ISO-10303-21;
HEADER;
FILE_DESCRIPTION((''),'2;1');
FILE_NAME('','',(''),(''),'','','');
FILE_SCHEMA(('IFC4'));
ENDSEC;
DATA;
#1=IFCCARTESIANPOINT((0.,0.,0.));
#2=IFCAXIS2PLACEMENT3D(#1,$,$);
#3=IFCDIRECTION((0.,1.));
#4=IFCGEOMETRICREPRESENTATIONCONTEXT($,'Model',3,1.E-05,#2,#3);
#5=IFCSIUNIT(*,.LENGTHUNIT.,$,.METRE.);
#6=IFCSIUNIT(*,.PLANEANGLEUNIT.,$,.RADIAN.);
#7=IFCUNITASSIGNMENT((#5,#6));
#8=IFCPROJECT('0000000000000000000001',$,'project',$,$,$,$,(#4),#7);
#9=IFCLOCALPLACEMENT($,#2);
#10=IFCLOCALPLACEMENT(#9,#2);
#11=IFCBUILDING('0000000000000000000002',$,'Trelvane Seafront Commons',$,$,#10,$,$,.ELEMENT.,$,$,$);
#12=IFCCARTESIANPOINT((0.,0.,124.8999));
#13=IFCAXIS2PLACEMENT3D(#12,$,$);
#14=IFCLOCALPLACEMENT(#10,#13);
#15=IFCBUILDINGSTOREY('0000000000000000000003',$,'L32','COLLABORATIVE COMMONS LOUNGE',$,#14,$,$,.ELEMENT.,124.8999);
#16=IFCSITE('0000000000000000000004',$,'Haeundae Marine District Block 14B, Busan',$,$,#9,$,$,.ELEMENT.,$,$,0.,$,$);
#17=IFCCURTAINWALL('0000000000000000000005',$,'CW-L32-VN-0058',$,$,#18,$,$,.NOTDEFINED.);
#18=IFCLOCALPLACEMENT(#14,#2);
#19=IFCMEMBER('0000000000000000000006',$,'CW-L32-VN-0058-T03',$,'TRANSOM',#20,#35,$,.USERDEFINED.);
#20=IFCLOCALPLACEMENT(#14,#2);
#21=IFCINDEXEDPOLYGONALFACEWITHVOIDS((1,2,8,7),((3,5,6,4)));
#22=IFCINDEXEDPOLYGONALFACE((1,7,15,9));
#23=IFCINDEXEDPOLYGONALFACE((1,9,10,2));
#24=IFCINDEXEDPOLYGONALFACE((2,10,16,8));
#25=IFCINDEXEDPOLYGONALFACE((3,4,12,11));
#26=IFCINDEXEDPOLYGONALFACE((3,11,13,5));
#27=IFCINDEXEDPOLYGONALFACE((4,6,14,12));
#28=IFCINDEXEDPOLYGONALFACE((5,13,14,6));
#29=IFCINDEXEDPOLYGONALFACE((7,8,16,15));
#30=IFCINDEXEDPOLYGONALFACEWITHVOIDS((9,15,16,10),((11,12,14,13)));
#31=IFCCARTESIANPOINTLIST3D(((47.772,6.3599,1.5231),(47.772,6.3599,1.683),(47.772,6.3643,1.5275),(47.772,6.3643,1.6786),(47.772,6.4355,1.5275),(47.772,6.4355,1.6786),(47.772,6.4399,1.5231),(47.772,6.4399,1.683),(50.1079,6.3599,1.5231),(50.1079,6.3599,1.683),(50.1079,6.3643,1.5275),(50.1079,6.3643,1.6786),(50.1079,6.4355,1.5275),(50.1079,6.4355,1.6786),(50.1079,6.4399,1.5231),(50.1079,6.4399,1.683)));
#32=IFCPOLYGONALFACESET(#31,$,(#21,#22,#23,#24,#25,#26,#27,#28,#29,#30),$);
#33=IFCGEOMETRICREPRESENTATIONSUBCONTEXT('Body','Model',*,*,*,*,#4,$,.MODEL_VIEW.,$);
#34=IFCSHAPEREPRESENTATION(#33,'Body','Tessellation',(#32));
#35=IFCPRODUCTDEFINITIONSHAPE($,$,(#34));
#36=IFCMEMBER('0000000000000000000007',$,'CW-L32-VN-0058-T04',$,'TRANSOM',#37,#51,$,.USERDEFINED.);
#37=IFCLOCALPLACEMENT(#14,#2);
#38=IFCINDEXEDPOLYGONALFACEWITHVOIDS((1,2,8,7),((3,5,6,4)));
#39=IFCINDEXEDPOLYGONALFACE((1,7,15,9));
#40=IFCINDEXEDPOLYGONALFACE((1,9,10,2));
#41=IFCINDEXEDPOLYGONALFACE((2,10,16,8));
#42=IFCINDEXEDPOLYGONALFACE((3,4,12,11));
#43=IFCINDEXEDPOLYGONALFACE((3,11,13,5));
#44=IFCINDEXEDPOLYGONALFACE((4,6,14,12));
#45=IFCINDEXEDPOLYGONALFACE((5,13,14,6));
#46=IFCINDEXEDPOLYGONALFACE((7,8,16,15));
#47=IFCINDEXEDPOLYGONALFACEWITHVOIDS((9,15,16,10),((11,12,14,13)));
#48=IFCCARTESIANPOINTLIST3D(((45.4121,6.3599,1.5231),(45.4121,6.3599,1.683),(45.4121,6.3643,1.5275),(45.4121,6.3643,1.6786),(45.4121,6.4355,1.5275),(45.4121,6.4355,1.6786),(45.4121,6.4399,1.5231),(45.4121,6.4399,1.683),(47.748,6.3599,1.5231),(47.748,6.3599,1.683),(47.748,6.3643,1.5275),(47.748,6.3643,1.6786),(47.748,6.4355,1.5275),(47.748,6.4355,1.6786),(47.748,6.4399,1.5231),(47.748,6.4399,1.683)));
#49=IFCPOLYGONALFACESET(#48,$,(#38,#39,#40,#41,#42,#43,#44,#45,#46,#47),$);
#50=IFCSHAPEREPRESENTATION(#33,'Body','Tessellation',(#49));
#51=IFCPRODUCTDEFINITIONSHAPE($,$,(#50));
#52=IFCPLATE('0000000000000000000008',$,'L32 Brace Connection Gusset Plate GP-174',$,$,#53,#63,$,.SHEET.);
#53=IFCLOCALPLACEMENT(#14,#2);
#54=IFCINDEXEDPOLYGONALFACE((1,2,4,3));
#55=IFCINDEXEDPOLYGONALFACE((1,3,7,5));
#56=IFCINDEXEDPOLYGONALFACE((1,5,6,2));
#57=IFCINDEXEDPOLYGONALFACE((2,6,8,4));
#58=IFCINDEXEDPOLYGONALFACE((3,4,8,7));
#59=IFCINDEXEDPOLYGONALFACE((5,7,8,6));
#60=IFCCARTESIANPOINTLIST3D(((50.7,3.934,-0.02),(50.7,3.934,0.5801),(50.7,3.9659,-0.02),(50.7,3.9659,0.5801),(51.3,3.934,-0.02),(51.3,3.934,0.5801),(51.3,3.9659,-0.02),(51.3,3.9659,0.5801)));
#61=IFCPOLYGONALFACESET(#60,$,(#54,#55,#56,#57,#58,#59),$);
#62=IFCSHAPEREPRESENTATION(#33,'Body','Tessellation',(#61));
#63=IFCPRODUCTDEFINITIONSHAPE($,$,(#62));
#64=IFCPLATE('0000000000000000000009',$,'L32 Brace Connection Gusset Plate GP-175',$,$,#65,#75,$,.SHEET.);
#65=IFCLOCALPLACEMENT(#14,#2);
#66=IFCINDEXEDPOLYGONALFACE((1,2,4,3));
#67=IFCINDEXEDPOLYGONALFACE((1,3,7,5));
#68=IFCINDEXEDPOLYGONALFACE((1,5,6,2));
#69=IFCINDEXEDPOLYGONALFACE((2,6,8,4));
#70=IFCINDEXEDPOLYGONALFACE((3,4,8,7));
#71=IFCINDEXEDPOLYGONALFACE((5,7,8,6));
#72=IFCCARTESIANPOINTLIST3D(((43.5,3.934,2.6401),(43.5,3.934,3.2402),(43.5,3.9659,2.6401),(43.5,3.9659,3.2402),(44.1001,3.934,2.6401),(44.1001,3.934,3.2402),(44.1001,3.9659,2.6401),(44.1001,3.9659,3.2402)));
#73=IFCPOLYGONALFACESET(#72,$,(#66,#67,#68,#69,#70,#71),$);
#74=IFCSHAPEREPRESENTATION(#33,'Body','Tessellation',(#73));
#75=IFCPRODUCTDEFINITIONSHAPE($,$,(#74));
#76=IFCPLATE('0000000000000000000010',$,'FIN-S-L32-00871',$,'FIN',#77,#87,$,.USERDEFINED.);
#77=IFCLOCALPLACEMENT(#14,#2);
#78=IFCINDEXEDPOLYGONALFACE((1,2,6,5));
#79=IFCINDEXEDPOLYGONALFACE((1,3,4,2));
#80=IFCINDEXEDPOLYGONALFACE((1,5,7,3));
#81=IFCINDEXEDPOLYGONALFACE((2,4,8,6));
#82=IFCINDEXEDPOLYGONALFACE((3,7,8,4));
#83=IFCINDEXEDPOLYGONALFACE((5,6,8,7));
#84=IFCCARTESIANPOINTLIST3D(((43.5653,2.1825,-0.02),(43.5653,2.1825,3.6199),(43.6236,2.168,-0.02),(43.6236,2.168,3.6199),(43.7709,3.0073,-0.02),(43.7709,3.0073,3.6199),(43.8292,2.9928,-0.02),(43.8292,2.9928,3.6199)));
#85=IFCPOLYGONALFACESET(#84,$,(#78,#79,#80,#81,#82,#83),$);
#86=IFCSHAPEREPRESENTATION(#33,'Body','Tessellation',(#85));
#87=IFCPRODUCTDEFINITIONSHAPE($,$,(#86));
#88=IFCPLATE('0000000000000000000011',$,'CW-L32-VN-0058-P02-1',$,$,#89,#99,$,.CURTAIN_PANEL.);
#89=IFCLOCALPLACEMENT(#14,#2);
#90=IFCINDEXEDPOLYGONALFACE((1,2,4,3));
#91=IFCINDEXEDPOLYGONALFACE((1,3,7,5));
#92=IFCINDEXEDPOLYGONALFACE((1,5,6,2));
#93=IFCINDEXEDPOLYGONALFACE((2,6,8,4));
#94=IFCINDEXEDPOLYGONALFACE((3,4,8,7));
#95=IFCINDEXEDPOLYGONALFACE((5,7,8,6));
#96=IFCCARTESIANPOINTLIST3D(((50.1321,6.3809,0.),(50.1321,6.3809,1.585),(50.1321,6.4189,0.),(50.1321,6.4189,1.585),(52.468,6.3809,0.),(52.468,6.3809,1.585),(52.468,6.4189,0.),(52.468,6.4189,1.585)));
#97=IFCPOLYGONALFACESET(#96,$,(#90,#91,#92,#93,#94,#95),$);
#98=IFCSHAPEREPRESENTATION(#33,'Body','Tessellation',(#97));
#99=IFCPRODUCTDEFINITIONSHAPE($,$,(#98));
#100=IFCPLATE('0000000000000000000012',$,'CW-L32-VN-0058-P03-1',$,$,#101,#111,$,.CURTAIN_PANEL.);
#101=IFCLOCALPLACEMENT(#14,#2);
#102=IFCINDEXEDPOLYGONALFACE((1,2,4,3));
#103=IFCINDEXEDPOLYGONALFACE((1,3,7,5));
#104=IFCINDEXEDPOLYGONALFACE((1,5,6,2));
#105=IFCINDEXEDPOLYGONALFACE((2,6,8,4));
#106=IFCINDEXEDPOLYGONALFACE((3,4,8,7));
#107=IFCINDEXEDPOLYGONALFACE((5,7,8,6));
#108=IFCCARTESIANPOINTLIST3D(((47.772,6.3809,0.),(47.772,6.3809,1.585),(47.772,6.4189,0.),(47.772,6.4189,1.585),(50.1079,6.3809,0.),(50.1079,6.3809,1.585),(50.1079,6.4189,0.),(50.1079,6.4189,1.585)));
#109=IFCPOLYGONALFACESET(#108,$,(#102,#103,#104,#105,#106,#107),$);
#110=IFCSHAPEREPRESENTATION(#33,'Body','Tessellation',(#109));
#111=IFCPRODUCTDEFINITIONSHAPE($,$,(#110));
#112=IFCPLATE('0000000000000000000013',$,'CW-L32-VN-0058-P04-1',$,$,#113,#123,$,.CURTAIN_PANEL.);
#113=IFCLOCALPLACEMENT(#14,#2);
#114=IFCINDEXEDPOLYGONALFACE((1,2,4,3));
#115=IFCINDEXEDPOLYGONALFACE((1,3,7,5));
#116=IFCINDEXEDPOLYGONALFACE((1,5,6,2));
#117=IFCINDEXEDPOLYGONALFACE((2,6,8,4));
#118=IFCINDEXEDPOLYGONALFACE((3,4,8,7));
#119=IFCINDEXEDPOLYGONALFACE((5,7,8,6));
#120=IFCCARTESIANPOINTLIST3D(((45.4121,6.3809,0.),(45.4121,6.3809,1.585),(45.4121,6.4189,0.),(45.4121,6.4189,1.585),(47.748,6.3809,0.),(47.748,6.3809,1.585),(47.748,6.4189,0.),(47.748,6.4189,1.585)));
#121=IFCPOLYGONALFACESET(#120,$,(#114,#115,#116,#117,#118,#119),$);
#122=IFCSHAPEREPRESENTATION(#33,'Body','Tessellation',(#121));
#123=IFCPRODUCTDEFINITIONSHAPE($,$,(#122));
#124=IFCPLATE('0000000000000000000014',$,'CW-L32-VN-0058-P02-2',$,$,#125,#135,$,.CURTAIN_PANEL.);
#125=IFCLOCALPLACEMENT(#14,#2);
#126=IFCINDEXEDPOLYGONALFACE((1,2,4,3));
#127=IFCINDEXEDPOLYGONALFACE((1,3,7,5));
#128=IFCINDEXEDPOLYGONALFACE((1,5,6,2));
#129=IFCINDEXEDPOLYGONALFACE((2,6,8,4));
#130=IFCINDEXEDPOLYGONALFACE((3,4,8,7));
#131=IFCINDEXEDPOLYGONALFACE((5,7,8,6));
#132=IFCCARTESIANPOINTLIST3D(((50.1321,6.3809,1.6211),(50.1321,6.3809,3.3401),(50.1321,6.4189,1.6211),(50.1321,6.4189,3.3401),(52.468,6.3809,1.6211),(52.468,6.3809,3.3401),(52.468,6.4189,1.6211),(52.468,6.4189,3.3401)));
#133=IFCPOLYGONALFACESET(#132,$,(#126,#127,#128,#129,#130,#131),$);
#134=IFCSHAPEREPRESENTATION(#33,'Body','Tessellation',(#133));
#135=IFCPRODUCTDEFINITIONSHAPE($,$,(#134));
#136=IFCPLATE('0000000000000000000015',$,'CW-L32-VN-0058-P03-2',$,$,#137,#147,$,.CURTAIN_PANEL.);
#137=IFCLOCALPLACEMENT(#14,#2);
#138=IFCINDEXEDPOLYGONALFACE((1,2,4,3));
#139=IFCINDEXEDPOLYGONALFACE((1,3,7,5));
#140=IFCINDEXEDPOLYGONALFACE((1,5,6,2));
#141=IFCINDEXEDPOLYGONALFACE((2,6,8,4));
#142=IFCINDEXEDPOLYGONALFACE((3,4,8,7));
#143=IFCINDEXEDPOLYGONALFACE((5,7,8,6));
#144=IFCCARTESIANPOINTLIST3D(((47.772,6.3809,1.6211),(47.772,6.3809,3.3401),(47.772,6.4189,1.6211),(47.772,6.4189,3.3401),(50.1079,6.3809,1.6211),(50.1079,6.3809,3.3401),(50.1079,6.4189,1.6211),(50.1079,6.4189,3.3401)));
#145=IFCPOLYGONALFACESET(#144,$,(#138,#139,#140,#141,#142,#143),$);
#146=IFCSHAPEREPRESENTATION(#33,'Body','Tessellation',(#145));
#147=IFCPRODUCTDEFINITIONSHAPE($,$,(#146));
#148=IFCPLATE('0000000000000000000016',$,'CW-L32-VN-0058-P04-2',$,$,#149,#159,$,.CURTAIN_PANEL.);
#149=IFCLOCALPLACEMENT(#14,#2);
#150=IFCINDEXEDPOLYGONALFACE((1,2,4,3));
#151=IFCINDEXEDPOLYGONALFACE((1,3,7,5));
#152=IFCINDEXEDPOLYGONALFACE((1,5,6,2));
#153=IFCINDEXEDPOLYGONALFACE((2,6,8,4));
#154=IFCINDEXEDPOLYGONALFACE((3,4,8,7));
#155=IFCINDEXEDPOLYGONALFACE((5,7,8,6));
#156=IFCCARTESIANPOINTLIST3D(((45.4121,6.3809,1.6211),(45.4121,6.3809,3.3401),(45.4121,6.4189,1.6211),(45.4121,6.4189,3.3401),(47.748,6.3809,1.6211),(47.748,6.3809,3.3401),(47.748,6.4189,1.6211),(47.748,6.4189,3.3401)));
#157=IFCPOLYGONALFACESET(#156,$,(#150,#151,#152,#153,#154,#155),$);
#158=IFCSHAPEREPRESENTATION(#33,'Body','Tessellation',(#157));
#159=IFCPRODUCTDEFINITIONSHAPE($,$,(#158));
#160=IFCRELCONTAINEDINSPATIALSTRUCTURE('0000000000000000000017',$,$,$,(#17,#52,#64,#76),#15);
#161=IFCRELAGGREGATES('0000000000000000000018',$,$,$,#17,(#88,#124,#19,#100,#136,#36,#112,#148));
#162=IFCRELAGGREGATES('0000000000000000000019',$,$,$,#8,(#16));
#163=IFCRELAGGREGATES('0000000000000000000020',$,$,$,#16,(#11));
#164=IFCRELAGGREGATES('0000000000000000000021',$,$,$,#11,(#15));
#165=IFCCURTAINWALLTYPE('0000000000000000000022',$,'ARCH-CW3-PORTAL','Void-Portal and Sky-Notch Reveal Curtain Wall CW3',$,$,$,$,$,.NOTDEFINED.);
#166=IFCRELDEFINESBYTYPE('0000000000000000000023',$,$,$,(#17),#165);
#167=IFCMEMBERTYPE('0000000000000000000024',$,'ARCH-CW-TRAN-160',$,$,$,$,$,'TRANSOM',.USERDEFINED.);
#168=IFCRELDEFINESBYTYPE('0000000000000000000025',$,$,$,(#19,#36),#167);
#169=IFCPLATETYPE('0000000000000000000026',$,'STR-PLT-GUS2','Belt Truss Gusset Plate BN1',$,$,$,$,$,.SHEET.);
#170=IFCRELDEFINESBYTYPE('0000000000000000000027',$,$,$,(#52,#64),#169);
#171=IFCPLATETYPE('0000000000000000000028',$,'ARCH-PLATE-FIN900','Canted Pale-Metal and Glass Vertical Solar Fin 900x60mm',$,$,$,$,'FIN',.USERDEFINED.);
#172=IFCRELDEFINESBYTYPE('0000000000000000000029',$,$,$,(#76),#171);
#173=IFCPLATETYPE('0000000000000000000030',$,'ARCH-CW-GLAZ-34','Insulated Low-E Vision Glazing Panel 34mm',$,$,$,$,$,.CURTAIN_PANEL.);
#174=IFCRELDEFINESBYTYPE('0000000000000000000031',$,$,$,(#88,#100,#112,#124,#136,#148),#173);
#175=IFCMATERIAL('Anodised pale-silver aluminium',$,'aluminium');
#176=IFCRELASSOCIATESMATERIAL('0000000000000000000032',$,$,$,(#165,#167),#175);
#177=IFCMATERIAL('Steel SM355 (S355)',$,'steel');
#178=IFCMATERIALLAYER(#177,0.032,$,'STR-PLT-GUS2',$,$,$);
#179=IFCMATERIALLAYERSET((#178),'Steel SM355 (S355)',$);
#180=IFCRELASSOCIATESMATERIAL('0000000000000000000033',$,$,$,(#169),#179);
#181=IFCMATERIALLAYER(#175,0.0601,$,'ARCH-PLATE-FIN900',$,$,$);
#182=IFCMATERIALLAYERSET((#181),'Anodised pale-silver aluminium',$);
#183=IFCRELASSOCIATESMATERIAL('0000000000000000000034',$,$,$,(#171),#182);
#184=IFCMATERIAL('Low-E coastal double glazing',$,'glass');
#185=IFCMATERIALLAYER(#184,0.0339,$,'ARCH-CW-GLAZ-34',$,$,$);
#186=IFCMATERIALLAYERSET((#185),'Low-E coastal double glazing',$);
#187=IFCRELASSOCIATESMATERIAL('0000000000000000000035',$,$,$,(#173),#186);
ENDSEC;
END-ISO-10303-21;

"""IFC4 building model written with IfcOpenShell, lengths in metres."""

from ifc_helpers import new_model, si_unit, direction, frame, origin, origin_2d, place, context, subcontext, project, spatial, rectangle, hollow_rectangle, extrude, source, transform, mapped, material, layer, layer_set, material_profile, profile_set, type_object, element, aggregate, save


model = new_model("IFC4")

# Units and contexts
model_context = context("Model", 3, precision=1e-05, world=origin(), true_north=direction((0.0, 1.0)))
body_context = subcontext(model_context, "Body", "Model", "MODEL_VIEW")
ifc_project = project(units=[si_unit("LENGTHUNIT", "METRE"), si_unit("PLANEANGLEUNIT", "RADIAN")], contexts=[model_context])

# Site, building, storey
site_placement = place(None, origin())
site = spatial("IfcSite", under=ifc_project, at=site_placement, Name="Haeundae Marine District Block 14B, Busan", CompositionType="ELEMENT", RefElevation=0.0)
building_placement = place(site_placement, origin())
building = spatial("IfcBuilding", under=site, at=building_placement, Name="Trelvane Seafront Commons", CompositionType="ELEMENT")
storey_placement = place(building_placement, frame((0.0, 0.0, 124.8999)))
storey = spatial("IfcBuildingStorey", under=building, at=storey_placement, Name="L32", Description="COLLABORATIVE COMMONS LOUNGE", CompositionType="ELEMENT", Elevation=124.8999)

# Shared definitions
ifc_material_1 = material(Name="Steel SM355 (S355)", Category="steel")

# Curtain wall, members
ifc_material_2 = material(Name="Anodised pale-silver aluminium", Category="aluminium")
curtain_wall_type = type_object("IfcCurtainWallType", Name="ARCH-CW3-PORTAL", Description="Void-Portal and Sky-Notch Reveal Curtain Wall CW3", PredefinedType="NOTDEFINED", material=ifc_material_2)
curtain_wall_placement = place(storey_placement, origin())
curtain_wall = element("IfcCurtainWall", 1, at=curtain_wall_placement, inside=storey, type_object=curtain_wall_type, Name="CW-L32-VN-0058", PredefinedType="NOTDEFINED")
ifc_material_profile_1 = material_profile(ifc_material_2, hollow_rectangle(XDim=0.0801, YDim=0.1599, WallThickness=0.0044, at=origin_2d()), Name="TRAN-80x160x4.5")
ifc_profile_set_1 = profile_set([ifc_material_profile_1], Name="Anodised pale-silver aluminium")
member_type_1 = type_object("IfcMemberType", Name="ARCH-CW-TRAN-160", ElementType="TRANSOM", PredefinedType="USERDEFINED", material=ifc_profile_set_1)
shared_shape_1 = source(origin(), body_context, "Body", "SweptSolid", [
    extrude(hollow_rectangle(XDim=0.0801, YDim=0.1599, WallThickness=0.0044, at=origin_2d()), origin(), (0.0, 0.0, 1.0), 2.3359),
])
member_1_placement = place(storey_placement, frame((50.1079, 6.3999, 1.603), z_axis=(-1.0, 0.0, 0.0), x_axis=(0.0, -1.0, 0.0)))
member_1 = element("IfcMember", 2, at=member_1_placement, type_object=member_type_1, Name="CW-L32-VN-0058-T03", ObjectType="TRANSOM", PredefinedType="USERDEFINED", context=body_context, shape_type="MappedRepresentation", body=[
    mapped(shared_shape_1, transform((0.0, 0.0, 0.0), x_axis=(1.0, 0.0, 0.0), y_axis=(0.0, 1.0, 0.0), z_axis=(0.0, 0.0, 1.0), scale=1.0)),
])
member_2_placement = place(storey_placement, frame((47.748, 6.3999, 1.603), z_axis=(-1.0, 0.0, 0.0), x_axis=(0.0, -1.0, 0.0)))
member_2 = element("IfcMember", 3, at=member_2_placement, type_object=member_type_1, Name="CW-L32-VN-0058-T04", ObjectType="TRANSOM", PredefinedType="USERDEFINED", context=body_context, shape_type="MappedRepresentation", body=[
    mapped(shared_shape_1, transform((0.0, 0.0, 0.0), x_axis=(1.0, 0.0, 0.0), y_axis=(0.0, 1.0, 0.0), z_axis=(0.0, 0.0, 1.0), scale=1.0)),
])

# Plates
ifc_layer_1 = layer(ifc_material_1, 0.032, Name="STR-PLT-GUS2")
ifc_layer_set_1 = layer_set([ifc_layer_1], Name="Steel SM355 (S355)")
plate_type_1 = type_object("IfcPlateType", Name="STR-PLT-GUS2", Description="Belt Truss Gusset Plate BN1", PredefinedType="SHEET", material=ifc_layer_set_1)
shared_shape_2 = source(origin(), body_context, "Body", "SweptSolid", [
    extrude(rectangle(XDim=0.6001, YDim=0.032, at=origin_2d()), origin(), (0.0, 0.0, 1.0), 0.6001),
])
for number, where, z_axis, x_axis, name in (
    (4, (51.0, 3.95, -0.02), (0.0, 0.0, 1.0), (1.0, 0.0, 0.0), "L32 Brace Connection Gusset Plate GP-174"),
    (5, (43.8, 3.95, 2.6401), (0.0, 0.0, 1.0), (1.0, 0.0, 0.0), "L32 Brace Connection Gusset Plate GP-175"),
):
    element("IfcPlate", number, at=place(storey_placement, frame(where, z_axis=z_axis, x_axis=x_axis)), inside=storey, type_object=plate_type_1, Name=name, PredefinedType="SHEET", context=body_context, shape_type="MappedRepresentation", body=[
        mapped(shared_shape_2, transform((0.0, 0.0, 0.0), x_axis=(1.0, 0.0, 0.0), y_axis=(0.0, 1.0, 0.0), z_axis=(0.0, 0.0, 1.0), scale=1.0)),
    ])
ifc_layer_2 = layer(ifc_material_2, 0.0601, Name="ARCH-PLATE-FIN900")
ifc_layer_set_2 = layer_set([ifc_layer_2], Name="Anodised pale-silver aluminium")
plate_type_2 = type_object("IfcPlateType", Name="ARCH-PLATE-FIN900", Description="Canted Pale-Metal and Glass Vertical Solar Fin 900x60mm", ElementType="FIN", PredefinedType="USERDEFINED", material=ifc_layer_set_2)
shared_shape_3 = source(origin(), body_context, "Body", "SweptSolid", [
    extrude(rectangle(XDim=0.8501, YDim=0.0601, at=origin_2d()), origin(), (0.0, 0.0, 1.0), 3.6399),
])
plate_1_placement = place(storey_placement, frame((43.6973, 2.5876, -0.02), z_axis=(0.0, 0.0, 1.0), x_axis=(-0.241871, -0.970308, 0.0)))
element("IfcPlate", 6, at=plate_1_placement, inside=storey, type_object=plate_type_2, Name="FIN-S-L32-00871", ObjectType="FIN", PredefinedType="USERDEFINED", context=body_context, shape_type="MappedRepresentation", body=[
    mapped(shared_shape_3, transform((0.0, 0.0, 0.0), x_axis=(1.0, 0.0, 0.0), y_axis=(0.0, 1.0, 0.0), z_axis=(0.0, 0.0, 1.0), scale=1.0)),
])

# Plates
ifc_material_3 = material(Name="Low-E coastal double glazing", Category="glass")
ifc_layer_3 = layer(ifc_material_3, 0.0339, Name="ARCH-CW-GLAZ-34")
ifc_layer_set_3 = layer_set([ifc_layer_3], Name="Low-E coastal double glazing")
plate_type_3 = type_object("IfcPlateType", Name="ARCH-CW-GLAZ-34", Description="Insulated Low-E Vision Glazing Panel 34mm", PredefinedType="CURTAIN_PANEL", material=ifc_layer_set_3)
shared_shape_4 = source(origin(), body_context, "Body", "SweptSolid", [
    extrude(rectangle(XDim=2.3359, YDim=0.0381, at=origin_2d()), origin(), (0.0, 0.0, 1.0), 1.585),
])
plate_2_placement = place(storey_placement, frame((51.3, 6.3999, 0.0), z_axis=(0.0, 0.0, 1.0), x_axis=(-1.0, 0.0, 0.0)))
plate_2 = element("IfcPlate", 7, at=plate_2_placement, type_object=plate_type_3, Name="CW-L32-VN-0058-P02-1", PredefinedType="CURTAIN_PANEL", context=body_context, shape_type="MappedRepresentation", body=[
    mapped(shared_shape_4, transform((0.0, 0.0, 0.0), x_axis=(1.0, 0.0, 0.0), y_axis=(0.0, 1.0, 0.0), z_axis=(0.0, 0.0, 1.0), scale=1.0)),
])
plate_3_placement = place(storey_placement, frame((48.9399, 6.3999, 0.0), z_axis=(0.0, 0.0, 1.0), x_axis=(-1.0, 0.0, 0.0)))
plate_3 = element("IfcPlate", 8, at=plate_3_placement, type_object=plate_type_3, Name="CW-L32-VN-0058-P03-1", PredefinedType="CURTAIN_PANEL", context=body_context, shape_type="MappedRepresentation", body=[
    mapped(shared_shape_4, transform((0.0, 0.0, 0.0), x_axis=(1.0, 0.0, 0.0), y_axis=(0.0, 1.0, 0.0), z_axis=(0.0, 0.0, 1.0), scale=1.0)),
])
plate_4_placement = place(storey_placement, frame((46.5801, 6.3999, 0.0), z_axis=(0.0, 0.0, 1.0), x_axis=(-1.0, 0.0, 0.0)))
plate_4 = element("IfcPlate", 9, at=plate_4_placement, type_object=plate_type_3, Name="CW-L32-VN-0058-P04-1", PredefinedType="CURTAIN_PANEL", context=body_context, shape_type="MappedRepresentation", body=[
    mapped(shared_shape_4, transform((0.0, 0.0, 0.0), x_axis=(1.0, 0.0, 0.0), y_axis=(0.0, 1.0, 0.0), z_axis=(0.0, 0.0, 1.0), scale=1.0)),
])
shared_shape_5 = source(origin(), body_context, "Body", "SweptSolid", [
    extrude(rectangle(XDim=2.3359, YDim=0.0381, at=origin_2d()), origin(), (0.0, 0.0, 1.0), 1.719),
])
plate_5_placement = place(storey_placement, frame((51.3, 6.3999, 1.6211), z_axis=(0.0, 0.0, 1.0), x_axis=(-1.0, 0.0, 0.0)))
plate_5 = element("IfcPlate", 10, at=plate_5_placement, type_object=plate_type_3, Name="CW-L32-VN-0058-P02-2", PredefinedType="CURTAIN_PANEL", context=body_context, shape_type="MappedRepresentation", body=[
    mapped(shared_shape_5, transform((0.0, 0.0, 0.0), x_axis=(1.0, 0.0, 0.0), y_axis=(0.0, 1.0, 0.0), z_axis=(0.0, 0.0, 1.0), scale=1.0)),
])
plate_6_placement = place(storey_placement, frame((48.9399, 6.3999, 1.6211), z_axis=(0.0, 0.0, 1.0), x_axis=(-1.0, 0.0, 0.0)))
plate_6 = element("IfcPlate", 11, at=plate_6_placement, type_object=plate_type_3, Name="CW-L32-VN-0058-P03-2", PredefinedType="CURTAIN_PANEL", context=body_context, shape_type="MappedRepresentation", body=[
    mapped(shared_shape_5, transform((0.0, 0.0, 0.0), x_axis=(1.0, 0.0, 0.0), y_axis=(0.0, 1.0, 0.0), z_axis=(0.0, 0.0, 1.0), scale=1.0)),
])
plate_7_placement = place(storey_placement, frame((46.5801, 6.3999, 1.6211), z_axis=(0.0, 0.0, 1.0), x_axis=(-1.0, 0.0, 0.0)))
plate_7 = element("IfcPlate", 12, at=plate_7_placement, type_object=plate_type_3, Name="CW-L32-VN-0058-P04-2", PredefinedType="CURTAIN_PANEL", context=body_context, shape_type="MappedRepresentation", body=[
    mapped(shared_shape_5, transform((0.0, 0.0, 0.0), x_axis=(1.0, 0.0, 0.0), y_axis=(0.0, 1.0, 0.0), z_axis=(0.0, 0.0, 1.0), scale=1.0)),
])
aggregate(curtain_wall, [plate_2, plate_5, member_1, plate_3, plate_6, member_2, plate_4, plate_7])

save(model, "model.ifc")
